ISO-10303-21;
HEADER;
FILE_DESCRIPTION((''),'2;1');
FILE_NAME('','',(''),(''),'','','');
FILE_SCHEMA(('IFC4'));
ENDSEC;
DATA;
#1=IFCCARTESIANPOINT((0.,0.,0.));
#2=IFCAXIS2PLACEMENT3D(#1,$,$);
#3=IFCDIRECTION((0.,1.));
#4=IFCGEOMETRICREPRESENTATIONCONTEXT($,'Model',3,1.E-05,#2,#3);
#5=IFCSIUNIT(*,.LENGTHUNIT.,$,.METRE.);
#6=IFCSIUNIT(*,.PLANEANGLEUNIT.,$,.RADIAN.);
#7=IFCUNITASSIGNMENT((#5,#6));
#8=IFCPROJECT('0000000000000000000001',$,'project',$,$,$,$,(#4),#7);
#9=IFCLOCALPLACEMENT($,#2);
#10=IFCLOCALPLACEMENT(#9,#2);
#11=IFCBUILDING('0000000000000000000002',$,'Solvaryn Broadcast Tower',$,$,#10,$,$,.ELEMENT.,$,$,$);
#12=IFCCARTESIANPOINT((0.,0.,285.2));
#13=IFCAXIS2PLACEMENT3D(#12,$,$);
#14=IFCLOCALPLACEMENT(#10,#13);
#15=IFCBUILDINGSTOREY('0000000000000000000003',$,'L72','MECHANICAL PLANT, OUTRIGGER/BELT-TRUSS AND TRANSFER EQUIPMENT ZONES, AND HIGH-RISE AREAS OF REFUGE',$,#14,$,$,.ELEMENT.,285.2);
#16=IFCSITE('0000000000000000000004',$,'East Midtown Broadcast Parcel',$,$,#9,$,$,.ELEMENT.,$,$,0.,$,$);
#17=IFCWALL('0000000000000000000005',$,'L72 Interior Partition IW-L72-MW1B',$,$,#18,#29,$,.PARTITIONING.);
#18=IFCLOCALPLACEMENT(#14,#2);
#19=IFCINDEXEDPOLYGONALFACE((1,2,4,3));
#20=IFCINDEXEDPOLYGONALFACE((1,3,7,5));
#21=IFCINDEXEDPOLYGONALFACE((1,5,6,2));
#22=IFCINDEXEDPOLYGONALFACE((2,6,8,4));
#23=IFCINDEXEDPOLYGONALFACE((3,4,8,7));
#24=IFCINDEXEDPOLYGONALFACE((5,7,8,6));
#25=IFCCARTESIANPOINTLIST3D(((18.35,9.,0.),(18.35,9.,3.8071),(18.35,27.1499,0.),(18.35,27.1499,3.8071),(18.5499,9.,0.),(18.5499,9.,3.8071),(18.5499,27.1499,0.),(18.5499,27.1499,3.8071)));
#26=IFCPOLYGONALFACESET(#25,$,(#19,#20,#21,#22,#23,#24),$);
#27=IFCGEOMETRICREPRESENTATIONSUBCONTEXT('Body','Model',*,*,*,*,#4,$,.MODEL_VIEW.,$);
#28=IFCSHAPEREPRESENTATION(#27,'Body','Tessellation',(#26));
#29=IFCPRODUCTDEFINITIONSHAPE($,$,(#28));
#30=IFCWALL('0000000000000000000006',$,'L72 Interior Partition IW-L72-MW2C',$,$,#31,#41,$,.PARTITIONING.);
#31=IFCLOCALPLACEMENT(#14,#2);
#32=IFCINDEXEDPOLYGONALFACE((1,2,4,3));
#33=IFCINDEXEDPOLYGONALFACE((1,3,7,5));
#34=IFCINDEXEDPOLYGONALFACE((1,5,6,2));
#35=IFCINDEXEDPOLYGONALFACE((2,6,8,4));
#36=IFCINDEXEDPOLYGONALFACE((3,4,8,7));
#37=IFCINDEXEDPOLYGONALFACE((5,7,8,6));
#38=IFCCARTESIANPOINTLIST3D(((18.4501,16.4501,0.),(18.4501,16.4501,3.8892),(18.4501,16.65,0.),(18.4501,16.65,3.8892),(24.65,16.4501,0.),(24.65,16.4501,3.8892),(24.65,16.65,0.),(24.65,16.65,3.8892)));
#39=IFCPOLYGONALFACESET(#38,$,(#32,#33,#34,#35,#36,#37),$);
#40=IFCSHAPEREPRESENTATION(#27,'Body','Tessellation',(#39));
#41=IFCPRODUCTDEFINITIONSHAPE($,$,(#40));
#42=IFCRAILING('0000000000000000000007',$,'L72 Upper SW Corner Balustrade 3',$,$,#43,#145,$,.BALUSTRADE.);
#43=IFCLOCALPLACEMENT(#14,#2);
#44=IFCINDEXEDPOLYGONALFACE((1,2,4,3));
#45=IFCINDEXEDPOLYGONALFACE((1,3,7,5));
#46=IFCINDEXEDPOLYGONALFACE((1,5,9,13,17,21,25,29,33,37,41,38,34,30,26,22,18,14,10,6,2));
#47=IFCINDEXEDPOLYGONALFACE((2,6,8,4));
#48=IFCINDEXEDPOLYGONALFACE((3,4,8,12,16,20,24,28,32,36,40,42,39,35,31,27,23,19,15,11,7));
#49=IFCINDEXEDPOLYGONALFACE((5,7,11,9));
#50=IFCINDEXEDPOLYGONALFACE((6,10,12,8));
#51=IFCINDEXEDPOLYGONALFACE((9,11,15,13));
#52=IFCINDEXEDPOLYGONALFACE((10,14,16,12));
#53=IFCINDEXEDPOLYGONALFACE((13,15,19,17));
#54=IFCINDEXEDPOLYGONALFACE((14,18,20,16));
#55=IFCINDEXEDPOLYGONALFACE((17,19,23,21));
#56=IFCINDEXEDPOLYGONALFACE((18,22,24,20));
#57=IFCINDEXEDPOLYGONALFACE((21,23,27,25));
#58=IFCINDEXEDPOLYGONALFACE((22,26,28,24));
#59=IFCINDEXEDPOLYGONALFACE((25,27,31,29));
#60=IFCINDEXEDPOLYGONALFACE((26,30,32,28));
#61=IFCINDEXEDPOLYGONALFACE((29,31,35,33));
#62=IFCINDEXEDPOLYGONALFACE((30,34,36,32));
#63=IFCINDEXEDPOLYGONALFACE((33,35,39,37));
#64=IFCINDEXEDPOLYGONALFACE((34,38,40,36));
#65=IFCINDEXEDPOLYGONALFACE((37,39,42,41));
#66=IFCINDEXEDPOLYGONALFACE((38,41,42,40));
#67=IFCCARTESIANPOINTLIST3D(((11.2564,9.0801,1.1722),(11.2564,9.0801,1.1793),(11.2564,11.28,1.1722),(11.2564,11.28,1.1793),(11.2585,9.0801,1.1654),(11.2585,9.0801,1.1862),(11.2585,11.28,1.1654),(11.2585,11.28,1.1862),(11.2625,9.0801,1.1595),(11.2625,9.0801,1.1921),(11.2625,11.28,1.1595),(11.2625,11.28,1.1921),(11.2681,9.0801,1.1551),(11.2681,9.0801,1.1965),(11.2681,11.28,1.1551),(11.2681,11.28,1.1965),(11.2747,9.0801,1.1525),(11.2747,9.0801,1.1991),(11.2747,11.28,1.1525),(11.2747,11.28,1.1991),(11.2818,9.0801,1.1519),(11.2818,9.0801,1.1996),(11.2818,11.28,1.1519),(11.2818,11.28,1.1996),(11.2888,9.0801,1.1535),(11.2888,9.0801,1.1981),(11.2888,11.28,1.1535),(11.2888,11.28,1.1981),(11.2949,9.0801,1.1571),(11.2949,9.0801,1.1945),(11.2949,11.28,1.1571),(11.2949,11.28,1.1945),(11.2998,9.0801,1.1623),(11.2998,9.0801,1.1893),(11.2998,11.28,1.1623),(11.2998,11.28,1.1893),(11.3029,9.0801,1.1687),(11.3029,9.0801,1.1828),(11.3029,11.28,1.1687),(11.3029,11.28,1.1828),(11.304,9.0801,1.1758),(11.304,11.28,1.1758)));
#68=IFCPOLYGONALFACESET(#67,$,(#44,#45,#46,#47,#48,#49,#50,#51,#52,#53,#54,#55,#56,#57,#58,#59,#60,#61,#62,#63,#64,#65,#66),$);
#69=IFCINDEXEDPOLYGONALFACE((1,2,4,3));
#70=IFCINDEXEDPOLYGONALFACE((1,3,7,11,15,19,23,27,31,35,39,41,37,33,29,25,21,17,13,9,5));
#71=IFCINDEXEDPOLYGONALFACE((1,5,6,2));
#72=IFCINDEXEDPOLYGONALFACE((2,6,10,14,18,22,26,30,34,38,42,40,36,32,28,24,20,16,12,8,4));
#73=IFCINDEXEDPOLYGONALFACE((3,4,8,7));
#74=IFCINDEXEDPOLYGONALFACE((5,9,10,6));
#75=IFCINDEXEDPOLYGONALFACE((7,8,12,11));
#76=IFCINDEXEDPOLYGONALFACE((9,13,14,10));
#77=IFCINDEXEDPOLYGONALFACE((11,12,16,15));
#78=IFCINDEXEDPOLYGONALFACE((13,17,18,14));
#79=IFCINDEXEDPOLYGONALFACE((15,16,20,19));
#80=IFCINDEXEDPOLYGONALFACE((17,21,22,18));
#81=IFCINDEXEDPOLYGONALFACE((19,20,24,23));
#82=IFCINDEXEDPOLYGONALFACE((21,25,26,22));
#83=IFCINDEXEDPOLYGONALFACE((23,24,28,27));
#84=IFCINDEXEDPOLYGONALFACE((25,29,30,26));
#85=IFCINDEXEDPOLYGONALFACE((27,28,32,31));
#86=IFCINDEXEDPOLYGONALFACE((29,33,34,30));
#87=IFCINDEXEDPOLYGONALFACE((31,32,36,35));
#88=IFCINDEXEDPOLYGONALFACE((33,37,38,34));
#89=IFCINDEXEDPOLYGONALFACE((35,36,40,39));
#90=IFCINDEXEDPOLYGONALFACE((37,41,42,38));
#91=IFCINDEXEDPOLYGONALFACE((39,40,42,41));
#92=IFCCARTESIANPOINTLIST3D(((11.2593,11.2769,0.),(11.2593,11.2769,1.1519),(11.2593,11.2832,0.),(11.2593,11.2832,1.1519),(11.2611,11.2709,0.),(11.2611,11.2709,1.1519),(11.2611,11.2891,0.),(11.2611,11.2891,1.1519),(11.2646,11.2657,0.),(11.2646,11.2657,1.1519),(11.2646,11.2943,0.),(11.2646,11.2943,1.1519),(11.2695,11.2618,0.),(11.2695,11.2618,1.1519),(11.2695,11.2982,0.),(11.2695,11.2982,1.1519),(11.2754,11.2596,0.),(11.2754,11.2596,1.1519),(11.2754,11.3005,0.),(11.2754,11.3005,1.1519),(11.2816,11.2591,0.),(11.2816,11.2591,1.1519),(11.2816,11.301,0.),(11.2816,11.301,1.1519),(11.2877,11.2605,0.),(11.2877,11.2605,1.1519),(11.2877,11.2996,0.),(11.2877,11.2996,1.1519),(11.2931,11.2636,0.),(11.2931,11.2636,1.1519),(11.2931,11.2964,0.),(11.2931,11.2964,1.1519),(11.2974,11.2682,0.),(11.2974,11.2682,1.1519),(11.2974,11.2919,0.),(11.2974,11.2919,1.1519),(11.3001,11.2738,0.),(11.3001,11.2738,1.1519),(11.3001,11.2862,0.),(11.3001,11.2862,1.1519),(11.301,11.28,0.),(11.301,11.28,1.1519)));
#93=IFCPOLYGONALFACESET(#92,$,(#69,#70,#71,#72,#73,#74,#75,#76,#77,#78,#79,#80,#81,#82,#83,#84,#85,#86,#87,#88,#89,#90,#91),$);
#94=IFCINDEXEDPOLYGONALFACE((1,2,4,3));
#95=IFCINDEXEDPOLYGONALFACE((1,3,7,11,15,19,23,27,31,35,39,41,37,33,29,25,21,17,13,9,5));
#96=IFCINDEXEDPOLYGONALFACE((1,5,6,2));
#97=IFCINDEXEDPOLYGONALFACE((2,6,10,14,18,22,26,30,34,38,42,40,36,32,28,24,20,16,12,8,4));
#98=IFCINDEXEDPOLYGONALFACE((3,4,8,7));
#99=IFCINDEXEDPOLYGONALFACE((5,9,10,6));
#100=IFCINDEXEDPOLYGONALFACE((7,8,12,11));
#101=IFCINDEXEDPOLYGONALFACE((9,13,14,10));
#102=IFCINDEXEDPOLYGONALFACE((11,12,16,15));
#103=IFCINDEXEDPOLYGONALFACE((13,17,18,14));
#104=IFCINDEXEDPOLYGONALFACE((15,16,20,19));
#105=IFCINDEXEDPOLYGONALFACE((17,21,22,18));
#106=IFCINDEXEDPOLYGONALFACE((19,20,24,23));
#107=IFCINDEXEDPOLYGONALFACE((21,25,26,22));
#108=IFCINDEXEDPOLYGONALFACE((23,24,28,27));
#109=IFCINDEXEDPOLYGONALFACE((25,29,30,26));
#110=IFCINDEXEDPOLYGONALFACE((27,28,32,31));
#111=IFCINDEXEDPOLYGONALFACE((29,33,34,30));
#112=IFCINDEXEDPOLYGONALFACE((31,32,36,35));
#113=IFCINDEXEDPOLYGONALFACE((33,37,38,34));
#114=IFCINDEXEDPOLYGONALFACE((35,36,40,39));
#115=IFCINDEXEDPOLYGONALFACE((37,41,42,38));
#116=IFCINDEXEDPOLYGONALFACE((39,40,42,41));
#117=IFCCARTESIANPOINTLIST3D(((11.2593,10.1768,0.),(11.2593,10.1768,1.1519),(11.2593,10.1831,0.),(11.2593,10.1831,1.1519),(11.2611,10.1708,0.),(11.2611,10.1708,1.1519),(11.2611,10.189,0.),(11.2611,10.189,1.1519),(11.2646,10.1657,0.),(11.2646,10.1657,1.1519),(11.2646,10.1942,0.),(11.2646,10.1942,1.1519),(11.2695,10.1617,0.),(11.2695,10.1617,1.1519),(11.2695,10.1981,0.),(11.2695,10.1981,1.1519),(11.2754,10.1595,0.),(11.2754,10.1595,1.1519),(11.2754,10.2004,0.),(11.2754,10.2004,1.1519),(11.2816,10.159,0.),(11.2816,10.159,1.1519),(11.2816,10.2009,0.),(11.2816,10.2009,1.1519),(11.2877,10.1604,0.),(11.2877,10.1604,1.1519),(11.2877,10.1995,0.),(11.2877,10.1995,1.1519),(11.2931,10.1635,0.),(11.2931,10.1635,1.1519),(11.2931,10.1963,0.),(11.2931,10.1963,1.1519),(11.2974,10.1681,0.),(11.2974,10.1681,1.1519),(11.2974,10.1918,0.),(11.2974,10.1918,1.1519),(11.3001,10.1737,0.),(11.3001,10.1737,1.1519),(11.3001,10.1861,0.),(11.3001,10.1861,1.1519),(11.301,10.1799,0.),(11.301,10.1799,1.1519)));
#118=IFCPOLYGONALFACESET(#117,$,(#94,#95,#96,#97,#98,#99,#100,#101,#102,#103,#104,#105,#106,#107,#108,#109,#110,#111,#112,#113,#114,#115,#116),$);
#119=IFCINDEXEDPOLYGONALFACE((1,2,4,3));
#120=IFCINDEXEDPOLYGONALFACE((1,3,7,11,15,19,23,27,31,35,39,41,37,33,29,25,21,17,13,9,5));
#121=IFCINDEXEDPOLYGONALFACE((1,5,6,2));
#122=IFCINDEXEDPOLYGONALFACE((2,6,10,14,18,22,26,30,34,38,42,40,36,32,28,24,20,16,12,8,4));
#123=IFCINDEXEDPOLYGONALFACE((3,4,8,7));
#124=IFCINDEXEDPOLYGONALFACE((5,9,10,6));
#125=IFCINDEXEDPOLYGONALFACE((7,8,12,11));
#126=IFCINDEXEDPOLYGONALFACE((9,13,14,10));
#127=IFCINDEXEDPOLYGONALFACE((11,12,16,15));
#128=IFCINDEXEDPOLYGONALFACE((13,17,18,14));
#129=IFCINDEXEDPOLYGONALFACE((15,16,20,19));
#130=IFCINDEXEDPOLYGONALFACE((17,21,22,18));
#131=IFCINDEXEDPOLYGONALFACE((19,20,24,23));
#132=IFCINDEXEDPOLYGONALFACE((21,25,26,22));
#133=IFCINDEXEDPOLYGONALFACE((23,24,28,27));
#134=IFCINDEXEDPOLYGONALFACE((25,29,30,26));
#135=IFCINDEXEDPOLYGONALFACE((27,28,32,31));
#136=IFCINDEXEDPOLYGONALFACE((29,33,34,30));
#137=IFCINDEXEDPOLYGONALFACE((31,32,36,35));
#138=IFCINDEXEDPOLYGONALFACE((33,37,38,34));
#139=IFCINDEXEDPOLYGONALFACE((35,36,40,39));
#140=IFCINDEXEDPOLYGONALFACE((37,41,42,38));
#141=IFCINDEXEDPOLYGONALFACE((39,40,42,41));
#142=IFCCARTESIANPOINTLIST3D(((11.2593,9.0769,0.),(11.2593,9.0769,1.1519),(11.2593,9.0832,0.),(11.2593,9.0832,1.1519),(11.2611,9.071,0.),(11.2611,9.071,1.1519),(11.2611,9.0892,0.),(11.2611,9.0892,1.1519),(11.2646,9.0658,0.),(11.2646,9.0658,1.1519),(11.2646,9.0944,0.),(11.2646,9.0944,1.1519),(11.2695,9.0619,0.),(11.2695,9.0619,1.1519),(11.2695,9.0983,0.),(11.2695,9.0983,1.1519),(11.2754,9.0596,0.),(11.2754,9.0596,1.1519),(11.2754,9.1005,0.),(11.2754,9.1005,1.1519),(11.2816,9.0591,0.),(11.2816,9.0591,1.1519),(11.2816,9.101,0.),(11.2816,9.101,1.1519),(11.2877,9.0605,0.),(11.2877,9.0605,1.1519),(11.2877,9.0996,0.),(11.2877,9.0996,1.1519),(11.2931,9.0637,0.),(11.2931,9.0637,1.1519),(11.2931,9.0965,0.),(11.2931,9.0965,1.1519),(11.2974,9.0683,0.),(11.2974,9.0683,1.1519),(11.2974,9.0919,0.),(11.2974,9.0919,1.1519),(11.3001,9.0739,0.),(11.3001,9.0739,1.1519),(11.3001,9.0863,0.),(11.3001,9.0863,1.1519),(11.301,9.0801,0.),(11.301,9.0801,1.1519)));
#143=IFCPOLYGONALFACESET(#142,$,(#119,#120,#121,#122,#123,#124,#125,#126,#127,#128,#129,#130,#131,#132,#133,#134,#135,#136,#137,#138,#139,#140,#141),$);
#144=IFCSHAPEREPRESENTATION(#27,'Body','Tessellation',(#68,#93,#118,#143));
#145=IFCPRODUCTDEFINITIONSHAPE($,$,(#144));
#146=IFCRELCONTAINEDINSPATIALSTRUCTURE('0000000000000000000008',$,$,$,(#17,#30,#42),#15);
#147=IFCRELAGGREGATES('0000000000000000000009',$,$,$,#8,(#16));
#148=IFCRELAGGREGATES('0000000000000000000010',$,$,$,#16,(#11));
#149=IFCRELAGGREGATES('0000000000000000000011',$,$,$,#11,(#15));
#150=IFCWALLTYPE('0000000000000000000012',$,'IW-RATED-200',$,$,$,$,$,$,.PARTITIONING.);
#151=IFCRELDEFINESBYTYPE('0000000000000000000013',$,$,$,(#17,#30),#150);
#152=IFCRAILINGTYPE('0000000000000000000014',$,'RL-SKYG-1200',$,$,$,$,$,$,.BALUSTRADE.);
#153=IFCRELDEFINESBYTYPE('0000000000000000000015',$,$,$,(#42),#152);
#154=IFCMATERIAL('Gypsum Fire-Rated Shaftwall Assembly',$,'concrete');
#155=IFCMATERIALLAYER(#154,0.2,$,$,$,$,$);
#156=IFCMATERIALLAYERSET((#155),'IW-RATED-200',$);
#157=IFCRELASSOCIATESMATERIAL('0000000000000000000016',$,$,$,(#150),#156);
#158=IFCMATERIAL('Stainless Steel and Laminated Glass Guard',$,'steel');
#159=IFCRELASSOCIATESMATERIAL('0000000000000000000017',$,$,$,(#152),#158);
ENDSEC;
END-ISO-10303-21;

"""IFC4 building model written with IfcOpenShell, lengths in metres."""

from ifc_helpers import new_model, si_unit, direction, frame, frame_2d, origin, origin_2d, place, context, subcontext, project, spatial, rectangle, circle, extrude, material, layer, layer_set, type_object, element, save


model = new_model("IFC4")

# Units and contexts
model_context = context("Model", 3, precision=1e-05, world=origin(), true_north=direction((0.0, 1.0)))
body_context = subcontext(model_context, "Body", "Model", "MODEL_VIEW")
ifc_project = project(units=[si_unit("LENGTHUNIT", "METRE"), si_unit("PLANEANGLEUNIT", "RADIAN")], contexts=[model_context])

# Site, building, storey
site_placement = place(None, origin())
site = spatial("IfcSite", under=ifc_project, at=site_placement, Name="East Midtown Broadcast Parcel", CompositionType="ELEMENT", RefElevation=0.0)
building_placement = place(site_placement, origin())
building = spatial("IfcBuilding", under=site, at=building_placement, Name="Solvaryn Broadcast Tower", CompositionType="ELEMENT")
storey_placement = place(building_placement, frame((0.0, 0.0, 285.2)))
storey = spatial("IfcBuildingStorey", under=building, at=storey_placement, Name="L72", Description="MECHANICAL PLANT, OUTRIGGER/BELT-TRUSS AND TRANSFER EQUIPMENT ZONES, AND HIGH-RISE AREAS OF REFUGE", CompositionType="ELEMENT", Elevation=285.2)

# Walls
ifc_material_1 = material(Name="Gypsum Fire-Rated Shaftwall Assembly", Category="concrete")
ifc_layer_1 = layer(ifc_material_1, 0.2)
ifc_layer_set_1 = layer_set([ifc_layer_1], Name="IW-RATED-200")
wall_type = type_object("IfcWallType", Name="IW-RATED-200", PredefinedType="PARTITIONING", material=ifc_layer_set_1)
wall_1_placement = place(storey_placement, frame((18.45, 9.0, 0.0), z_axis=(0.0, 0.0, 1.0), x_axis=(0.0, 1.0, 0.0)))
element("IfcWall", 1, at=wall_1_placement, inside=storey, type_object=wall_type, Name="L72 Interior Partition IW-L72-MW1B", PredefinedType="PARTITIONING", context=body_context, shape_type="SweptSolid", body=[
    extrude(rectangle(XDim=18.1499, YDim=0.2, at=frame_2d((9.075, 0.0))), origin(), (0.0, 0.0, 1.0), 3.8071),
])
wall_2_placement = place(storey_placement, frame((18.45, 16.55, 0.0), z_axis=(0.0, 0.0, 1.0), x_axis=(1.0, 0.0, 0.0)))
element("IfcWall", 2, at=wall_2_placement, inside=storey, type_object=wall_type, Name="L72 Interior Partition IW-L72-MW2C", PredefinedType="PARTITIONING", context=body_context, shape_type="SweptSolid", body=[
    extrude(rectangle(XDim=6.2, YDim=0.2, at=frame_2d((3.1001, 0.0))), origin(), (0.0, 0.0, 1.0), 3.8892),
])

# Railing
ifc_material_2 = material(Name="Stainless Steel and Laminated Glass Guard", Category="steel")
railing_type = type_object("IfcRailingType", Name="RL-SKYG-1200", PredefinedType="BALUSTRADE", material=ifc_material_2)
railing_1_placement = place(storey_placement, frame((11.28, 11.28, 0.0)))
element("IfcRailing", 3, at=railing_1_placement, inside=storey, type_object=railing_type, Name="L72 Upper SW Corner Balustrade 3", PredefinedType="BALUSTRADE", context=body_context, shape_type="SweptSolid", body=[
    extrude(circle(Radius=0.0239, at=origin_2d()), frame((0.0, 0.0, 1.1758), z_axis=(0.0, -1.0, 0.0), x_axis=(1.0, 0.0, 0.0)), (0.0, 0.0, 1.0), 2.2),
    extrude(circle(Radius=0.021, at=origin_2d()), origin(), (0.0, 0.0, 1.0), 1.1519),
    extrude(circle(Radius=0.021, at=origin_2d()), frame((0.0, -1.1001, 0.0)), (0.0, 0.0, 1.0), 1.1519),
    extrude(circle(Radius=0.021, at=origin_2d()), frame((0.0, -2.2, 0.0)), (0.0, 0.0, 1.0), 1.1519),
])

save(model, "model.ifc")
